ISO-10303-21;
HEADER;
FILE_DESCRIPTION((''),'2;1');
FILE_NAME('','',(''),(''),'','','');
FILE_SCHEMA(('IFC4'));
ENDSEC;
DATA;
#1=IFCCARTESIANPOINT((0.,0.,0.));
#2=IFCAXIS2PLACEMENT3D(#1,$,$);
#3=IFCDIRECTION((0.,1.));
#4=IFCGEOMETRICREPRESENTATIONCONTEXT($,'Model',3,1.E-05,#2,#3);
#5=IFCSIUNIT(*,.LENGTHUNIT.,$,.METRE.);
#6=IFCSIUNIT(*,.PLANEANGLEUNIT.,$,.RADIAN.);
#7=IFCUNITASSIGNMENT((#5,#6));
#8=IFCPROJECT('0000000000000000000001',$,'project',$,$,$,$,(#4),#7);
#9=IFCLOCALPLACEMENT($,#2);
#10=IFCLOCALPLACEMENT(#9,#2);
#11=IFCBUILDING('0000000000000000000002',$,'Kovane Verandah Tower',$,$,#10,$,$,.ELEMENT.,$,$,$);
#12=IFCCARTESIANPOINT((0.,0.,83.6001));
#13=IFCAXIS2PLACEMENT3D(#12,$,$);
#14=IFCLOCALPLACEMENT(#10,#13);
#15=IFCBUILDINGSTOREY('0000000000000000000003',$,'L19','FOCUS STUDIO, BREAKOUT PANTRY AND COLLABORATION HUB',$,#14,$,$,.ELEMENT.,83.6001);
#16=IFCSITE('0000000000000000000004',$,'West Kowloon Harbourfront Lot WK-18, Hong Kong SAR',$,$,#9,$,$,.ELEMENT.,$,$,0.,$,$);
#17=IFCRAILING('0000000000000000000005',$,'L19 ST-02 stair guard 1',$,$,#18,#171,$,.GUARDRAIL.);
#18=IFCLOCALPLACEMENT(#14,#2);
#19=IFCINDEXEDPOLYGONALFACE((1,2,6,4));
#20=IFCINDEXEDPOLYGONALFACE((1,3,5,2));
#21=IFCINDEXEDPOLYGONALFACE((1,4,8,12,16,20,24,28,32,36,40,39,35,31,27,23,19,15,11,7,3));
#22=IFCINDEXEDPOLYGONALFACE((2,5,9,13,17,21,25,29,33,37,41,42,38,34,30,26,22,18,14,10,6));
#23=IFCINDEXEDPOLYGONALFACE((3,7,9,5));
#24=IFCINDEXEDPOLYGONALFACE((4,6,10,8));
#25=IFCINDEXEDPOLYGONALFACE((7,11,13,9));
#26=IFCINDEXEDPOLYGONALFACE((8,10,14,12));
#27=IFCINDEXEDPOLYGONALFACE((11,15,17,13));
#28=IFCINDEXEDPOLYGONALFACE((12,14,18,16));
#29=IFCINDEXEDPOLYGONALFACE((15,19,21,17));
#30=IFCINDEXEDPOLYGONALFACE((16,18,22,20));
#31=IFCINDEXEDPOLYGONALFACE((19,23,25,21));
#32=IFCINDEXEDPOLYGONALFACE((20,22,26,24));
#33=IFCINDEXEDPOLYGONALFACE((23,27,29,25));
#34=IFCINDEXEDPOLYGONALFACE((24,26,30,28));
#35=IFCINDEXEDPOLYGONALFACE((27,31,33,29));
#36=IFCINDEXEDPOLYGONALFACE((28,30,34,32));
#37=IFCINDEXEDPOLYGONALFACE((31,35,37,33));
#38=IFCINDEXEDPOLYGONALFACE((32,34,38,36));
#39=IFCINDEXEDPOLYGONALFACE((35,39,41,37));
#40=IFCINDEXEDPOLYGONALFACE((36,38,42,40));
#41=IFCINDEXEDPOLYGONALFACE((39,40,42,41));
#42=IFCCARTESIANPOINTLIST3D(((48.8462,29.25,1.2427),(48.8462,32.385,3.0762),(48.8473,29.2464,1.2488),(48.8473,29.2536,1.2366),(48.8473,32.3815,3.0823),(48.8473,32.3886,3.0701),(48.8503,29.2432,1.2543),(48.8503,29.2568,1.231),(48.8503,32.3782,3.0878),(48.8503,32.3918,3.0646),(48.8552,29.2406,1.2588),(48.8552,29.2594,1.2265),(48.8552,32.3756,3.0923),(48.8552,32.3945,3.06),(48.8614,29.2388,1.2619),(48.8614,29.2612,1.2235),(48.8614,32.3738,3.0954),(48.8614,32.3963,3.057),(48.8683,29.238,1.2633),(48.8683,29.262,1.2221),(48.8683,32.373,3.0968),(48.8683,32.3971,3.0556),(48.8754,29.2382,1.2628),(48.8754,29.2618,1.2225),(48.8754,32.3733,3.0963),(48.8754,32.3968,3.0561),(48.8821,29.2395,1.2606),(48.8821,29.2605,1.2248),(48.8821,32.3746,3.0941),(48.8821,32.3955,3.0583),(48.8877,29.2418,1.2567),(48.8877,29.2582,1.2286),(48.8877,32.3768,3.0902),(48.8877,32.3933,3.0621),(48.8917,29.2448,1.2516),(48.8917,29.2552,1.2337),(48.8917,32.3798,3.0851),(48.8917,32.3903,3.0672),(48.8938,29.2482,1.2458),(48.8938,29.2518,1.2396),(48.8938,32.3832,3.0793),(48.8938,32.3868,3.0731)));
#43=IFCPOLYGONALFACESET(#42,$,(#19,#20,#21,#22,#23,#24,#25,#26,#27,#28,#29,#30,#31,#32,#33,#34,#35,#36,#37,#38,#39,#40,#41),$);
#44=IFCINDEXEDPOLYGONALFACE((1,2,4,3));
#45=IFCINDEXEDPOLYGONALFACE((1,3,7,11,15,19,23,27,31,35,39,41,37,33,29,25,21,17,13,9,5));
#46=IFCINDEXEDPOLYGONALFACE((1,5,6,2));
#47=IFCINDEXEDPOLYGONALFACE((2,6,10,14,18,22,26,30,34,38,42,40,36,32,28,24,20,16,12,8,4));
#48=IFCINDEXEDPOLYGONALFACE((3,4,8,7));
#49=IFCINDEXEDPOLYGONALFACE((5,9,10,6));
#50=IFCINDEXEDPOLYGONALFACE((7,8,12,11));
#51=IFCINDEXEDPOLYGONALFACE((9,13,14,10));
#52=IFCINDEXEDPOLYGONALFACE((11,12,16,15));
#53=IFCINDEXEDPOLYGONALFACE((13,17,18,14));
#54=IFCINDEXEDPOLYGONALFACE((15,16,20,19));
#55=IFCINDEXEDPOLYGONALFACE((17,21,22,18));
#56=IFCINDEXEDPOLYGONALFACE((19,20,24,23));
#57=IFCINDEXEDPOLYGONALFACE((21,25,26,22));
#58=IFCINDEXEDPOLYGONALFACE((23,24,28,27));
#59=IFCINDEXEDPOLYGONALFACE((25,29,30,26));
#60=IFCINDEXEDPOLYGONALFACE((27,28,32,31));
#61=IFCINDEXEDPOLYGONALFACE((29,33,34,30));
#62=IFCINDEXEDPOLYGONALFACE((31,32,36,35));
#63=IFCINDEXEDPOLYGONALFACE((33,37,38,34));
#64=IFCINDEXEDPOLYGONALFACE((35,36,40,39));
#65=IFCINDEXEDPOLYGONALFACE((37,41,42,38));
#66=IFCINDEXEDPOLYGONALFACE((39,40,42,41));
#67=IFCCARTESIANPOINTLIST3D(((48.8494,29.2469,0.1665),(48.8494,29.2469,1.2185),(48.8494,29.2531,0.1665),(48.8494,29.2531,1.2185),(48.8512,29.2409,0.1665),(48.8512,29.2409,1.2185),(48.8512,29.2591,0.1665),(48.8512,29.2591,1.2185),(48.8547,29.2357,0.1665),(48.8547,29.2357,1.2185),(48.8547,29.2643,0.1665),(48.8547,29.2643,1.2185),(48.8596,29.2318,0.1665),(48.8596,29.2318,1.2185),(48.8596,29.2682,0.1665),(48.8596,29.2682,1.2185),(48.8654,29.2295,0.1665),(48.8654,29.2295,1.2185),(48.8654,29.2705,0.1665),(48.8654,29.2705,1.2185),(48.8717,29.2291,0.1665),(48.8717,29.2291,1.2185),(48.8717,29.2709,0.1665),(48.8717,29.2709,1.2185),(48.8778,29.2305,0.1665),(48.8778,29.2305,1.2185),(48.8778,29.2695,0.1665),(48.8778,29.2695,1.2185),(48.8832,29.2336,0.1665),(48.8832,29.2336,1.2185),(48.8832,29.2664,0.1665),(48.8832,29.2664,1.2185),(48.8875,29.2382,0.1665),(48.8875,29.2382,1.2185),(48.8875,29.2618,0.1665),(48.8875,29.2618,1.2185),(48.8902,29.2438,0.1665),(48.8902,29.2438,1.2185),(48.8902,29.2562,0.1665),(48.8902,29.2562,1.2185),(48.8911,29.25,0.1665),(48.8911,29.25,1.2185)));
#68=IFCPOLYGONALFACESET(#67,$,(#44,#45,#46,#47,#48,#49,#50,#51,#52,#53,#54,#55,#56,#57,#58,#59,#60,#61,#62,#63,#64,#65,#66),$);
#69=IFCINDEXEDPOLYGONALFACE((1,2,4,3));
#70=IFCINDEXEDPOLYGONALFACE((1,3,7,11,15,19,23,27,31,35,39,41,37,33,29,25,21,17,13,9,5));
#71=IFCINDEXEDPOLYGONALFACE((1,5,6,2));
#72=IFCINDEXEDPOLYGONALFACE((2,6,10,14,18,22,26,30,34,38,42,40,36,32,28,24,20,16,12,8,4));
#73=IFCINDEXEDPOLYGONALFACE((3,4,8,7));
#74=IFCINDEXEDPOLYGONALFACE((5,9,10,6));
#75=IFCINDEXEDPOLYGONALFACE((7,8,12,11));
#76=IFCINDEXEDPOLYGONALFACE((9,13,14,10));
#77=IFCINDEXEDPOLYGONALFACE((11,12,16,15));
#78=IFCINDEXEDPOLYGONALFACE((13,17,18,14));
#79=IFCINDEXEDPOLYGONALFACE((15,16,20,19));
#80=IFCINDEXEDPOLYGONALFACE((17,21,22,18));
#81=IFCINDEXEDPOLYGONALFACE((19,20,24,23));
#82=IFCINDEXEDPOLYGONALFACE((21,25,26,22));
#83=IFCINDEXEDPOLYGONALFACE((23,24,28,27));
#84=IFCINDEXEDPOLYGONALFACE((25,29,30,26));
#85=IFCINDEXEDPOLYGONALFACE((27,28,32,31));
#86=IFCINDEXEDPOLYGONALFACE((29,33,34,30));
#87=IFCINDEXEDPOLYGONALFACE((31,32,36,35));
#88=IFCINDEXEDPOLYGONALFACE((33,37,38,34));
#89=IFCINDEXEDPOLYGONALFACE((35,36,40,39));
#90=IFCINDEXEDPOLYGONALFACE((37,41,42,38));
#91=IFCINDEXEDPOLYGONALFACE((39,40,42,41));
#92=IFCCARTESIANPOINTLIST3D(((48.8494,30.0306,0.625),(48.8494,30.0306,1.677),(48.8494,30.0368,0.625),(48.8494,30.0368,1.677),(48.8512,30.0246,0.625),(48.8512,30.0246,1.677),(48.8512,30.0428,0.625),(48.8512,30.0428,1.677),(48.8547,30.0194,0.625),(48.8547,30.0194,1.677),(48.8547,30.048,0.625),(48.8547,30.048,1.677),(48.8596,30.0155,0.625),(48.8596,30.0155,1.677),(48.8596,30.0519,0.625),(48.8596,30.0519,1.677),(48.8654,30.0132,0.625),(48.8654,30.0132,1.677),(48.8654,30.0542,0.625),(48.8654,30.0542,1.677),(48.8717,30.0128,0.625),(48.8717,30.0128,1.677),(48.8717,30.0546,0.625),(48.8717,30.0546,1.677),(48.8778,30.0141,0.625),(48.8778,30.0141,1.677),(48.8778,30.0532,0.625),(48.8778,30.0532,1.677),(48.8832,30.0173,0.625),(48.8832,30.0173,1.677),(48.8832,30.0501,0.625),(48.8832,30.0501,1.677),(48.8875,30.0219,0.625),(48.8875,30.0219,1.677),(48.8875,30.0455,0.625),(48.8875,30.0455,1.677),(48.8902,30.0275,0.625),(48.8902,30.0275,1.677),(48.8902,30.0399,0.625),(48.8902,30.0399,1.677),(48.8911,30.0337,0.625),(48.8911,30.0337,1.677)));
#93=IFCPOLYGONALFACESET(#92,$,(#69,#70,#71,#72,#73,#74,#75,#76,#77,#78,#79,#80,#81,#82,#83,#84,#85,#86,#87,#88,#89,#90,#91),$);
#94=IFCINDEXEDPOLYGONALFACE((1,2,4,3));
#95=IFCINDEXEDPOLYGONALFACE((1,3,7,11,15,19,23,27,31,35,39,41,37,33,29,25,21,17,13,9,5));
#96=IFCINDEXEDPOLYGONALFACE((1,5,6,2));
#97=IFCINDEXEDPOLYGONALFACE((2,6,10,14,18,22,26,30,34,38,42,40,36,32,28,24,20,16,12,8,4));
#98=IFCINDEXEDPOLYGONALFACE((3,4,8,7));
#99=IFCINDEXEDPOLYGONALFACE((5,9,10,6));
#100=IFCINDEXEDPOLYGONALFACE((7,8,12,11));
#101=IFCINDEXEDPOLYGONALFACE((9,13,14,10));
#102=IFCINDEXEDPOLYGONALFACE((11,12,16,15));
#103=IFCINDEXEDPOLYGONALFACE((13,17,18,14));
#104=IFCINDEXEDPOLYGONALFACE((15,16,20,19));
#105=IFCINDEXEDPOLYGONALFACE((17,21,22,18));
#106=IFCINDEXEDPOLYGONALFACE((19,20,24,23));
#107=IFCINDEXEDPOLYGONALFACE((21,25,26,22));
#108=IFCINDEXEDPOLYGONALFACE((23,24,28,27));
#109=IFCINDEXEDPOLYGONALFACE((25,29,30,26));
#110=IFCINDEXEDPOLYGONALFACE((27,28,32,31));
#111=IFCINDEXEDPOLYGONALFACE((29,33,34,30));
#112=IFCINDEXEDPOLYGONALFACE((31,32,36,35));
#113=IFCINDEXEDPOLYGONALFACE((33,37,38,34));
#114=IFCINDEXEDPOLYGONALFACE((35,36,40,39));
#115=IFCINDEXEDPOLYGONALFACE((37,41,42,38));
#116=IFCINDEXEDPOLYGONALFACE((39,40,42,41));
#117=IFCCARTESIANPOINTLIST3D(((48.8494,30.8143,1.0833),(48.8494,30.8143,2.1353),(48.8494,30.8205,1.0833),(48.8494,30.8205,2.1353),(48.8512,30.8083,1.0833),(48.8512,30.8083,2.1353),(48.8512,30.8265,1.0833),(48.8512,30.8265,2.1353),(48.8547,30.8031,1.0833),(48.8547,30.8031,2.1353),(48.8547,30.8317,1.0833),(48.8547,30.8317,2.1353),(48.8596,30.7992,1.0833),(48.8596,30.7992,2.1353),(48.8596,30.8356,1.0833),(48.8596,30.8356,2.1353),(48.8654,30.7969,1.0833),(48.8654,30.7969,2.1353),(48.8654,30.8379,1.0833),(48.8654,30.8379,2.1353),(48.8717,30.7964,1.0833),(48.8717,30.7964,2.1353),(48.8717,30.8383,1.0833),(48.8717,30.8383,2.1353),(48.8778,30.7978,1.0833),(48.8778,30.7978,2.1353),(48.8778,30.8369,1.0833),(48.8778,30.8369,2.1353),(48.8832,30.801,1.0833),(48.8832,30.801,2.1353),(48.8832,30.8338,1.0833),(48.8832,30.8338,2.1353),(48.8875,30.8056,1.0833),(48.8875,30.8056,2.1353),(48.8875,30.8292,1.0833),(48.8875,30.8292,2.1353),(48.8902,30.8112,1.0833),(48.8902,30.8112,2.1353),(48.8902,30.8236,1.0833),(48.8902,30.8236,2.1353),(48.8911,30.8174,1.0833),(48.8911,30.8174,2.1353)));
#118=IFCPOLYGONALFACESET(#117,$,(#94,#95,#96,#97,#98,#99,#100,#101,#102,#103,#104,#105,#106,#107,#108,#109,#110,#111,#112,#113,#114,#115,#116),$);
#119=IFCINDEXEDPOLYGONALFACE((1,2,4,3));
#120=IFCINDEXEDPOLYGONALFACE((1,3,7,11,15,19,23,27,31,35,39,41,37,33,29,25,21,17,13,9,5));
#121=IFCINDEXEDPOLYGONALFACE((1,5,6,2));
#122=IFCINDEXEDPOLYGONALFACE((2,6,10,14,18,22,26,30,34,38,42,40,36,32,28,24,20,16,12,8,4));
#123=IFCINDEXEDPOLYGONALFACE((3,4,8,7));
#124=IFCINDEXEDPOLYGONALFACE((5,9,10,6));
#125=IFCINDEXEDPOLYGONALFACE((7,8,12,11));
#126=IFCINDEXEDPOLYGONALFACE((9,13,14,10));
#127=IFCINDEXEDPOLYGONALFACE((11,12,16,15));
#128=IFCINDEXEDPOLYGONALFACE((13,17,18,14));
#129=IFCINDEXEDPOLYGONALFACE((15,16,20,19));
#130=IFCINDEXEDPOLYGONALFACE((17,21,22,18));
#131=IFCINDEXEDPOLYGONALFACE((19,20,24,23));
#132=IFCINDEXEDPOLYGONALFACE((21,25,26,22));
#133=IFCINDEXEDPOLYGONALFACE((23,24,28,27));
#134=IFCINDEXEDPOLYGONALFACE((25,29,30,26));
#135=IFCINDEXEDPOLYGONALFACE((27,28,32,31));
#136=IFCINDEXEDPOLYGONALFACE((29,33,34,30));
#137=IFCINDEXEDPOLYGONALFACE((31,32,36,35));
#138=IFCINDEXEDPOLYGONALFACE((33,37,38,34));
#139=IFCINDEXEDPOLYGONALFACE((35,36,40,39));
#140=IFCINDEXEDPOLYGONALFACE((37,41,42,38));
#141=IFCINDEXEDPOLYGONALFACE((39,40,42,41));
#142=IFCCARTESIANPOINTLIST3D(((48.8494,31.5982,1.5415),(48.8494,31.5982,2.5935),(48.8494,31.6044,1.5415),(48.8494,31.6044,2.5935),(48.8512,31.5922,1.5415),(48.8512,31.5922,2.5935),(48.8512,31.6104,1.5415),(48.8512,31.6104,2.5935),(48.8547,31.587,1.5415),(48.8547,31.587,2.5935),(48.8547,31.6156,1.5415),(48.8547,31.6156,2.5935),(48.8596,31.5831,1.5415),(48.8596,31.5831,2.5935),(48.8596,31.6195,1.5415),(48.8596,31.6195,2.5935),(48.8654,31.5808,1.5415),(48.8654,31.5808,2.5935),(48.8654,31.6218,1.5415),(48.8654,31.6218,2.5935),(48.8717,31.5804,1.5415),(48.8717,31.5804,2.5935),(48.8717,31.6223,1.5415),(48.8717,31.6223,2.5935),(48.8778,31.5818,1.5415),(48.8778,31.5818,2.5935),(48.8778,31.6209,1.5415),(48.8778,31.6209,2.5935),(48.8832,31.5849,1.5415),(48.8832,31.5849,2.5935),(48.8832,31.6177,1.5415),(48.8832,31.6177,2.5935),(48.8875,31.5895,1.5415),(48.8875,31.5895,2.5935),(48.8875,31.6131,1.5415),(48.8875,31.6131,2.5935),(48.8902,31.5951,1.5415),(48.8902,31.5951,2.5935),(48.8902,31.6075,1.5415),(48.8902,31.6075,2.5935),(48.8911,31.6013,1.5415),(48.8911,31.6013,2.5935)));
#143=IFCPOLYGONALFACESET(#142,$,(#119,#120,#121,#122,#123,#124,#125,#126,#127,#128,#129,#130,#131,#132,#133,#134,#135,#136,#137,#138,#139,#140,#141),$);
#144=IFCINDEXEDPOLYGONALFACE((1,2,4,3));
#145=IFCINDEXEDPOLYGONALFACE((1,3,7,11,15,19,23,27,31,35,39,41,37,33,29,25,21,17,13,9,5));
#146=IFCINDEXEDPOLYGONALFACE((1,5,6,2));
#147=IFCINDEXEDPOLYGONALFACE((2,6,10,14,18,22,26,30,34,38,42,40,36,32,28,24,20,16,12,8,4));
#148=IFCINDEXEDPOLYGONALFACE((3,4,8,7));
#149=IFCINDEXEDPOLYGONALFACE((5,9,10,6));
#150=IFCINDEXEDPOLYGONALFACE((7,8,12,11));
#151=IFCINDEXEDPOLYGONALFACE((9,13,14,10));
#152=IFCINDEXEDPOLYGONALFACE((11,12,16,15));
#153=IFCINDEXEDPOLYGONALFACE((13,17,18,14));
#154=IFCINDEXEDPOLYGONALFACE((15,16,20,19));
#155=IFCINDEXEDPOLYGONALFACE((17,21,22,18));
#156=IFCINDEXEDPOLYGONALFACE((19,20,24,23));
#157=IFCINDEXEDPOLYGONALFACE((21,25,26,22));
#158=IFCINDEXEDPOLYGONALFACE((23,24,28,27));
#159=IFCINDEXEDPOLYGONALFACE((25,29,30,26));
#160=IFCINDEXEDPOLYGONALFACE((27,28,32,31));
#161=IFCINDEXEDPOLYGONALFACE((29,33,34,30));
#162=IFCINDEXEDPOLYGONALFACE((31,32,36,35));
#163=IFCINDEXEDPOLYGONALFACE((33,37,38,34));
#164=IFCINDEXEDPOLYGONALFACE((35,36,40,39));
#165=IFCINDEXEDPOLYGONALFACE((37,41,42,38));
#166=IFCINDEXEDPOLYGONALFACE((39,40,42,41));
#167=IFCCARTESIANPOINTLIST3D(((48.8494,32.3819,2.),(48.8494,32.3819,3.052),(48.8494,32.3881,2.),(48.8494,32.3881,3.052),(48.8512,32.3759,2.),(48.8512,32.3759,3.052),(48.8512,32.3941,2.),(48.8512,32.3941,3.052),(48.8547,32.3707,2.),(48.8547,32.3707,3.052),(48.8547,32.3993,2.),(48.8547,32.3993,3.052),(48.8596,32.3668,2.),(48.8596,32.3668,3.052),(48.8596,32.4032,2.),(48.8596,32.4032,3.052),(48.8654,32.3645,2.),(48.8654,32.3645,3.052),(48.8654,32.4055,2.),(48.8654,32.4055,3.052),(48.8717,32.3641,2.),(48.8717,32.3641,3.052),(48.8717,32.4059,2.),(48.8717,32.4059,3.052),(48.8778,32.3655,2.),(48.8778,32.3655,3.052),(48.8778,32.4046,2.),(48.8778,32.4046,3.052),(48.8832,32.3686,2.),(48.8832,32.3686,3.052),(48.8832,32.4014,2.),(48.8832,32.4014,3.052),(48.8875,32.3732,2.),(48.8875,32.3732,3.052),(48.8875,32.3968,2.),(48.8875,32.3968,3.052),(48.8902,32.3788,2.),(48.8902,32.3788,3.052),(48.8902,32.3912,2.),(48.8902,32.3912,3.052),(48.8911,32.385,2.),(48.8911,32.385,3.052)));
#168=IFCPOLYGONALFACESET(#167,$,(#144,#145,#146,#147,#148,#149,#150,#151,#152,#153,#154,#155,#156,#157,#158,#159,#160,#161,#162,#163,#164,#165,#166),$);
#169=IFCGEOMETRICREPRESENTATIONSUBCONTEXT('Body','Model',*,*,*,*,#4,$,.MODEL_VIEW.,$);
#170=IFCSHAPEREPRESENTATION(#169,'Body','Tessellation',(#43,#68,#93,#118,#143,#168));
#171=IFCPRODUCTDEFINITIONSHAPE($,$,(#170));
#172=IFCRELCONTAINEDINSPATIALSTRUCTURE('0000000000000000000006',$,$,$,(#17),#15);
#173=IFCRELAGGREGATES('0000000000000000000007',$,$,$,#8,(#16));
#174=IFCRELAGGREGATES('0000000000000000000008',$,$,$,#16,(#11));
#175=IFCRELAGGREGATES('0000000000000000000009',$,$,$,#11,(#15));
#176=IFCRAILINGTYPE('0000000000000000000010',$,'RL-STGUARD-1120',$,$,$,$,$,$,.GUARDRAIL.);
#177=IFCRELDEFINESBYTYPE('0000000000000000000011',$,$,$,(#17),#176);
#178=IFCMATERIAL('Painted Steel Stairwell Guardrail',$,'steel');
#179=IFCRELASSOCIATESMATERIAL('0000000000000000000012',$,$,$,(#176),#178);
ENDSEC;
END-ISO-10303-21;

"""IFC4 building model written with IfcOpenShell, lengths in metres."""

from ifc_helpers import new_model, si_unit, direction, frame, origin, origin_2d, place, context, subcontext, project, spatial, circle, extrude, material, type_object, element, save


model = new_model("IFC4")

# Units and contexts
model_context = context("Model", 3, precision=1e-05, world=origin(), true_north=direction((0.0, 1.0)))
body_context = subcontext(model_context, "Body", "Model", "MODEL_VIEW")
ifc_project = project(units=[si_unit("LENGTHUNIT", "METRE"), si_unit("PLANEANGLEUNIT", "RADIAN")], contexts=[model_context])

# Site, building, storey
site_placement = place(None, origin())
site = spatial("IfcSite", under=ifc_project, at=site_placement, Name="West Kowloon Harbourfront Lot WK-18, Hong Kong SAR", CompositionType="ELEMENT", RefElevation=0.0)
building_placement = place(site_placement, origin())
building = spatial("IfcBuilding", under=site, at=building_placement, Name="Kovane Verandah Tower", CompositionType="ELEMENT")
storey_placement = place(building_placement, frame((0.0, 0.0, 83.6001)))
storey = spatial("IfcBuildingStorey", under=building, at=storey_placement, Name="L19", Description="FOCUS STUDIO, BREAKOUT PANTRY AND COLLABORATION HUB", CompositionType="ELEMENT", Elevation=83.6001)

# Railing
ifc_material_1 = material(Name="Painted Steel Stairwell Guardrail", Category="steel")
railing_type_1 = type_object("IfcRailingType", Name="RL-STGUARD-1120", PredefinedType="GUARDRAIL", material=ifc_material_1)
railing_1_placement = place(storey_placement, frame((48.8701, 29.25, 0.1665)))
element("IfcRailing", 1, at=railing_1_placement, inside=storey, type_object=railing_type_1, Name="L19 ST-02 stair guard 1", PredefinedType="GUARDRAIL", context=body_context, shape_type="SweptSolid", body=[
    extrude(circle(Radius=0.0239, at=origin_2d()), frame((0.0, 0.0, 1.0762), z_axis=(0.0, 0.86321, 0.504845), x_axis=(-1.0, 0.0, 0.0)), (0.0, 0.0, 1.0), 3.6318),
    extrude(circle(Radius=0.021, at=origin_2d()), origin(), (0.0, 0.0, 1.0), 1.052),
    extrude(circle(Radius=0.021, at=origin_2d()), frame((0.0, 0.7837, 0.4585)), (0.0, 0.0, 1.0), 1.052),
    extrude(circle(Radius=0.021, at=origin_2d()), frame((0.0, 1.5674, 0.9167)), (0.0, 0.0, 1.0), 1.052),
    extrude(circle(Radius=0.021, at=origin_2d()), frame((0.0, 2.3513, 1.375)), (0.0, 0.0, 1.0), 1.052),
    extrude(circle(Radius=0.021, at=origin_2d()), frame((0.0, 3.135, 1.8335)), (0.0, 0.0, 1.0), 1.052),
])

save(model, "model.ifc")
